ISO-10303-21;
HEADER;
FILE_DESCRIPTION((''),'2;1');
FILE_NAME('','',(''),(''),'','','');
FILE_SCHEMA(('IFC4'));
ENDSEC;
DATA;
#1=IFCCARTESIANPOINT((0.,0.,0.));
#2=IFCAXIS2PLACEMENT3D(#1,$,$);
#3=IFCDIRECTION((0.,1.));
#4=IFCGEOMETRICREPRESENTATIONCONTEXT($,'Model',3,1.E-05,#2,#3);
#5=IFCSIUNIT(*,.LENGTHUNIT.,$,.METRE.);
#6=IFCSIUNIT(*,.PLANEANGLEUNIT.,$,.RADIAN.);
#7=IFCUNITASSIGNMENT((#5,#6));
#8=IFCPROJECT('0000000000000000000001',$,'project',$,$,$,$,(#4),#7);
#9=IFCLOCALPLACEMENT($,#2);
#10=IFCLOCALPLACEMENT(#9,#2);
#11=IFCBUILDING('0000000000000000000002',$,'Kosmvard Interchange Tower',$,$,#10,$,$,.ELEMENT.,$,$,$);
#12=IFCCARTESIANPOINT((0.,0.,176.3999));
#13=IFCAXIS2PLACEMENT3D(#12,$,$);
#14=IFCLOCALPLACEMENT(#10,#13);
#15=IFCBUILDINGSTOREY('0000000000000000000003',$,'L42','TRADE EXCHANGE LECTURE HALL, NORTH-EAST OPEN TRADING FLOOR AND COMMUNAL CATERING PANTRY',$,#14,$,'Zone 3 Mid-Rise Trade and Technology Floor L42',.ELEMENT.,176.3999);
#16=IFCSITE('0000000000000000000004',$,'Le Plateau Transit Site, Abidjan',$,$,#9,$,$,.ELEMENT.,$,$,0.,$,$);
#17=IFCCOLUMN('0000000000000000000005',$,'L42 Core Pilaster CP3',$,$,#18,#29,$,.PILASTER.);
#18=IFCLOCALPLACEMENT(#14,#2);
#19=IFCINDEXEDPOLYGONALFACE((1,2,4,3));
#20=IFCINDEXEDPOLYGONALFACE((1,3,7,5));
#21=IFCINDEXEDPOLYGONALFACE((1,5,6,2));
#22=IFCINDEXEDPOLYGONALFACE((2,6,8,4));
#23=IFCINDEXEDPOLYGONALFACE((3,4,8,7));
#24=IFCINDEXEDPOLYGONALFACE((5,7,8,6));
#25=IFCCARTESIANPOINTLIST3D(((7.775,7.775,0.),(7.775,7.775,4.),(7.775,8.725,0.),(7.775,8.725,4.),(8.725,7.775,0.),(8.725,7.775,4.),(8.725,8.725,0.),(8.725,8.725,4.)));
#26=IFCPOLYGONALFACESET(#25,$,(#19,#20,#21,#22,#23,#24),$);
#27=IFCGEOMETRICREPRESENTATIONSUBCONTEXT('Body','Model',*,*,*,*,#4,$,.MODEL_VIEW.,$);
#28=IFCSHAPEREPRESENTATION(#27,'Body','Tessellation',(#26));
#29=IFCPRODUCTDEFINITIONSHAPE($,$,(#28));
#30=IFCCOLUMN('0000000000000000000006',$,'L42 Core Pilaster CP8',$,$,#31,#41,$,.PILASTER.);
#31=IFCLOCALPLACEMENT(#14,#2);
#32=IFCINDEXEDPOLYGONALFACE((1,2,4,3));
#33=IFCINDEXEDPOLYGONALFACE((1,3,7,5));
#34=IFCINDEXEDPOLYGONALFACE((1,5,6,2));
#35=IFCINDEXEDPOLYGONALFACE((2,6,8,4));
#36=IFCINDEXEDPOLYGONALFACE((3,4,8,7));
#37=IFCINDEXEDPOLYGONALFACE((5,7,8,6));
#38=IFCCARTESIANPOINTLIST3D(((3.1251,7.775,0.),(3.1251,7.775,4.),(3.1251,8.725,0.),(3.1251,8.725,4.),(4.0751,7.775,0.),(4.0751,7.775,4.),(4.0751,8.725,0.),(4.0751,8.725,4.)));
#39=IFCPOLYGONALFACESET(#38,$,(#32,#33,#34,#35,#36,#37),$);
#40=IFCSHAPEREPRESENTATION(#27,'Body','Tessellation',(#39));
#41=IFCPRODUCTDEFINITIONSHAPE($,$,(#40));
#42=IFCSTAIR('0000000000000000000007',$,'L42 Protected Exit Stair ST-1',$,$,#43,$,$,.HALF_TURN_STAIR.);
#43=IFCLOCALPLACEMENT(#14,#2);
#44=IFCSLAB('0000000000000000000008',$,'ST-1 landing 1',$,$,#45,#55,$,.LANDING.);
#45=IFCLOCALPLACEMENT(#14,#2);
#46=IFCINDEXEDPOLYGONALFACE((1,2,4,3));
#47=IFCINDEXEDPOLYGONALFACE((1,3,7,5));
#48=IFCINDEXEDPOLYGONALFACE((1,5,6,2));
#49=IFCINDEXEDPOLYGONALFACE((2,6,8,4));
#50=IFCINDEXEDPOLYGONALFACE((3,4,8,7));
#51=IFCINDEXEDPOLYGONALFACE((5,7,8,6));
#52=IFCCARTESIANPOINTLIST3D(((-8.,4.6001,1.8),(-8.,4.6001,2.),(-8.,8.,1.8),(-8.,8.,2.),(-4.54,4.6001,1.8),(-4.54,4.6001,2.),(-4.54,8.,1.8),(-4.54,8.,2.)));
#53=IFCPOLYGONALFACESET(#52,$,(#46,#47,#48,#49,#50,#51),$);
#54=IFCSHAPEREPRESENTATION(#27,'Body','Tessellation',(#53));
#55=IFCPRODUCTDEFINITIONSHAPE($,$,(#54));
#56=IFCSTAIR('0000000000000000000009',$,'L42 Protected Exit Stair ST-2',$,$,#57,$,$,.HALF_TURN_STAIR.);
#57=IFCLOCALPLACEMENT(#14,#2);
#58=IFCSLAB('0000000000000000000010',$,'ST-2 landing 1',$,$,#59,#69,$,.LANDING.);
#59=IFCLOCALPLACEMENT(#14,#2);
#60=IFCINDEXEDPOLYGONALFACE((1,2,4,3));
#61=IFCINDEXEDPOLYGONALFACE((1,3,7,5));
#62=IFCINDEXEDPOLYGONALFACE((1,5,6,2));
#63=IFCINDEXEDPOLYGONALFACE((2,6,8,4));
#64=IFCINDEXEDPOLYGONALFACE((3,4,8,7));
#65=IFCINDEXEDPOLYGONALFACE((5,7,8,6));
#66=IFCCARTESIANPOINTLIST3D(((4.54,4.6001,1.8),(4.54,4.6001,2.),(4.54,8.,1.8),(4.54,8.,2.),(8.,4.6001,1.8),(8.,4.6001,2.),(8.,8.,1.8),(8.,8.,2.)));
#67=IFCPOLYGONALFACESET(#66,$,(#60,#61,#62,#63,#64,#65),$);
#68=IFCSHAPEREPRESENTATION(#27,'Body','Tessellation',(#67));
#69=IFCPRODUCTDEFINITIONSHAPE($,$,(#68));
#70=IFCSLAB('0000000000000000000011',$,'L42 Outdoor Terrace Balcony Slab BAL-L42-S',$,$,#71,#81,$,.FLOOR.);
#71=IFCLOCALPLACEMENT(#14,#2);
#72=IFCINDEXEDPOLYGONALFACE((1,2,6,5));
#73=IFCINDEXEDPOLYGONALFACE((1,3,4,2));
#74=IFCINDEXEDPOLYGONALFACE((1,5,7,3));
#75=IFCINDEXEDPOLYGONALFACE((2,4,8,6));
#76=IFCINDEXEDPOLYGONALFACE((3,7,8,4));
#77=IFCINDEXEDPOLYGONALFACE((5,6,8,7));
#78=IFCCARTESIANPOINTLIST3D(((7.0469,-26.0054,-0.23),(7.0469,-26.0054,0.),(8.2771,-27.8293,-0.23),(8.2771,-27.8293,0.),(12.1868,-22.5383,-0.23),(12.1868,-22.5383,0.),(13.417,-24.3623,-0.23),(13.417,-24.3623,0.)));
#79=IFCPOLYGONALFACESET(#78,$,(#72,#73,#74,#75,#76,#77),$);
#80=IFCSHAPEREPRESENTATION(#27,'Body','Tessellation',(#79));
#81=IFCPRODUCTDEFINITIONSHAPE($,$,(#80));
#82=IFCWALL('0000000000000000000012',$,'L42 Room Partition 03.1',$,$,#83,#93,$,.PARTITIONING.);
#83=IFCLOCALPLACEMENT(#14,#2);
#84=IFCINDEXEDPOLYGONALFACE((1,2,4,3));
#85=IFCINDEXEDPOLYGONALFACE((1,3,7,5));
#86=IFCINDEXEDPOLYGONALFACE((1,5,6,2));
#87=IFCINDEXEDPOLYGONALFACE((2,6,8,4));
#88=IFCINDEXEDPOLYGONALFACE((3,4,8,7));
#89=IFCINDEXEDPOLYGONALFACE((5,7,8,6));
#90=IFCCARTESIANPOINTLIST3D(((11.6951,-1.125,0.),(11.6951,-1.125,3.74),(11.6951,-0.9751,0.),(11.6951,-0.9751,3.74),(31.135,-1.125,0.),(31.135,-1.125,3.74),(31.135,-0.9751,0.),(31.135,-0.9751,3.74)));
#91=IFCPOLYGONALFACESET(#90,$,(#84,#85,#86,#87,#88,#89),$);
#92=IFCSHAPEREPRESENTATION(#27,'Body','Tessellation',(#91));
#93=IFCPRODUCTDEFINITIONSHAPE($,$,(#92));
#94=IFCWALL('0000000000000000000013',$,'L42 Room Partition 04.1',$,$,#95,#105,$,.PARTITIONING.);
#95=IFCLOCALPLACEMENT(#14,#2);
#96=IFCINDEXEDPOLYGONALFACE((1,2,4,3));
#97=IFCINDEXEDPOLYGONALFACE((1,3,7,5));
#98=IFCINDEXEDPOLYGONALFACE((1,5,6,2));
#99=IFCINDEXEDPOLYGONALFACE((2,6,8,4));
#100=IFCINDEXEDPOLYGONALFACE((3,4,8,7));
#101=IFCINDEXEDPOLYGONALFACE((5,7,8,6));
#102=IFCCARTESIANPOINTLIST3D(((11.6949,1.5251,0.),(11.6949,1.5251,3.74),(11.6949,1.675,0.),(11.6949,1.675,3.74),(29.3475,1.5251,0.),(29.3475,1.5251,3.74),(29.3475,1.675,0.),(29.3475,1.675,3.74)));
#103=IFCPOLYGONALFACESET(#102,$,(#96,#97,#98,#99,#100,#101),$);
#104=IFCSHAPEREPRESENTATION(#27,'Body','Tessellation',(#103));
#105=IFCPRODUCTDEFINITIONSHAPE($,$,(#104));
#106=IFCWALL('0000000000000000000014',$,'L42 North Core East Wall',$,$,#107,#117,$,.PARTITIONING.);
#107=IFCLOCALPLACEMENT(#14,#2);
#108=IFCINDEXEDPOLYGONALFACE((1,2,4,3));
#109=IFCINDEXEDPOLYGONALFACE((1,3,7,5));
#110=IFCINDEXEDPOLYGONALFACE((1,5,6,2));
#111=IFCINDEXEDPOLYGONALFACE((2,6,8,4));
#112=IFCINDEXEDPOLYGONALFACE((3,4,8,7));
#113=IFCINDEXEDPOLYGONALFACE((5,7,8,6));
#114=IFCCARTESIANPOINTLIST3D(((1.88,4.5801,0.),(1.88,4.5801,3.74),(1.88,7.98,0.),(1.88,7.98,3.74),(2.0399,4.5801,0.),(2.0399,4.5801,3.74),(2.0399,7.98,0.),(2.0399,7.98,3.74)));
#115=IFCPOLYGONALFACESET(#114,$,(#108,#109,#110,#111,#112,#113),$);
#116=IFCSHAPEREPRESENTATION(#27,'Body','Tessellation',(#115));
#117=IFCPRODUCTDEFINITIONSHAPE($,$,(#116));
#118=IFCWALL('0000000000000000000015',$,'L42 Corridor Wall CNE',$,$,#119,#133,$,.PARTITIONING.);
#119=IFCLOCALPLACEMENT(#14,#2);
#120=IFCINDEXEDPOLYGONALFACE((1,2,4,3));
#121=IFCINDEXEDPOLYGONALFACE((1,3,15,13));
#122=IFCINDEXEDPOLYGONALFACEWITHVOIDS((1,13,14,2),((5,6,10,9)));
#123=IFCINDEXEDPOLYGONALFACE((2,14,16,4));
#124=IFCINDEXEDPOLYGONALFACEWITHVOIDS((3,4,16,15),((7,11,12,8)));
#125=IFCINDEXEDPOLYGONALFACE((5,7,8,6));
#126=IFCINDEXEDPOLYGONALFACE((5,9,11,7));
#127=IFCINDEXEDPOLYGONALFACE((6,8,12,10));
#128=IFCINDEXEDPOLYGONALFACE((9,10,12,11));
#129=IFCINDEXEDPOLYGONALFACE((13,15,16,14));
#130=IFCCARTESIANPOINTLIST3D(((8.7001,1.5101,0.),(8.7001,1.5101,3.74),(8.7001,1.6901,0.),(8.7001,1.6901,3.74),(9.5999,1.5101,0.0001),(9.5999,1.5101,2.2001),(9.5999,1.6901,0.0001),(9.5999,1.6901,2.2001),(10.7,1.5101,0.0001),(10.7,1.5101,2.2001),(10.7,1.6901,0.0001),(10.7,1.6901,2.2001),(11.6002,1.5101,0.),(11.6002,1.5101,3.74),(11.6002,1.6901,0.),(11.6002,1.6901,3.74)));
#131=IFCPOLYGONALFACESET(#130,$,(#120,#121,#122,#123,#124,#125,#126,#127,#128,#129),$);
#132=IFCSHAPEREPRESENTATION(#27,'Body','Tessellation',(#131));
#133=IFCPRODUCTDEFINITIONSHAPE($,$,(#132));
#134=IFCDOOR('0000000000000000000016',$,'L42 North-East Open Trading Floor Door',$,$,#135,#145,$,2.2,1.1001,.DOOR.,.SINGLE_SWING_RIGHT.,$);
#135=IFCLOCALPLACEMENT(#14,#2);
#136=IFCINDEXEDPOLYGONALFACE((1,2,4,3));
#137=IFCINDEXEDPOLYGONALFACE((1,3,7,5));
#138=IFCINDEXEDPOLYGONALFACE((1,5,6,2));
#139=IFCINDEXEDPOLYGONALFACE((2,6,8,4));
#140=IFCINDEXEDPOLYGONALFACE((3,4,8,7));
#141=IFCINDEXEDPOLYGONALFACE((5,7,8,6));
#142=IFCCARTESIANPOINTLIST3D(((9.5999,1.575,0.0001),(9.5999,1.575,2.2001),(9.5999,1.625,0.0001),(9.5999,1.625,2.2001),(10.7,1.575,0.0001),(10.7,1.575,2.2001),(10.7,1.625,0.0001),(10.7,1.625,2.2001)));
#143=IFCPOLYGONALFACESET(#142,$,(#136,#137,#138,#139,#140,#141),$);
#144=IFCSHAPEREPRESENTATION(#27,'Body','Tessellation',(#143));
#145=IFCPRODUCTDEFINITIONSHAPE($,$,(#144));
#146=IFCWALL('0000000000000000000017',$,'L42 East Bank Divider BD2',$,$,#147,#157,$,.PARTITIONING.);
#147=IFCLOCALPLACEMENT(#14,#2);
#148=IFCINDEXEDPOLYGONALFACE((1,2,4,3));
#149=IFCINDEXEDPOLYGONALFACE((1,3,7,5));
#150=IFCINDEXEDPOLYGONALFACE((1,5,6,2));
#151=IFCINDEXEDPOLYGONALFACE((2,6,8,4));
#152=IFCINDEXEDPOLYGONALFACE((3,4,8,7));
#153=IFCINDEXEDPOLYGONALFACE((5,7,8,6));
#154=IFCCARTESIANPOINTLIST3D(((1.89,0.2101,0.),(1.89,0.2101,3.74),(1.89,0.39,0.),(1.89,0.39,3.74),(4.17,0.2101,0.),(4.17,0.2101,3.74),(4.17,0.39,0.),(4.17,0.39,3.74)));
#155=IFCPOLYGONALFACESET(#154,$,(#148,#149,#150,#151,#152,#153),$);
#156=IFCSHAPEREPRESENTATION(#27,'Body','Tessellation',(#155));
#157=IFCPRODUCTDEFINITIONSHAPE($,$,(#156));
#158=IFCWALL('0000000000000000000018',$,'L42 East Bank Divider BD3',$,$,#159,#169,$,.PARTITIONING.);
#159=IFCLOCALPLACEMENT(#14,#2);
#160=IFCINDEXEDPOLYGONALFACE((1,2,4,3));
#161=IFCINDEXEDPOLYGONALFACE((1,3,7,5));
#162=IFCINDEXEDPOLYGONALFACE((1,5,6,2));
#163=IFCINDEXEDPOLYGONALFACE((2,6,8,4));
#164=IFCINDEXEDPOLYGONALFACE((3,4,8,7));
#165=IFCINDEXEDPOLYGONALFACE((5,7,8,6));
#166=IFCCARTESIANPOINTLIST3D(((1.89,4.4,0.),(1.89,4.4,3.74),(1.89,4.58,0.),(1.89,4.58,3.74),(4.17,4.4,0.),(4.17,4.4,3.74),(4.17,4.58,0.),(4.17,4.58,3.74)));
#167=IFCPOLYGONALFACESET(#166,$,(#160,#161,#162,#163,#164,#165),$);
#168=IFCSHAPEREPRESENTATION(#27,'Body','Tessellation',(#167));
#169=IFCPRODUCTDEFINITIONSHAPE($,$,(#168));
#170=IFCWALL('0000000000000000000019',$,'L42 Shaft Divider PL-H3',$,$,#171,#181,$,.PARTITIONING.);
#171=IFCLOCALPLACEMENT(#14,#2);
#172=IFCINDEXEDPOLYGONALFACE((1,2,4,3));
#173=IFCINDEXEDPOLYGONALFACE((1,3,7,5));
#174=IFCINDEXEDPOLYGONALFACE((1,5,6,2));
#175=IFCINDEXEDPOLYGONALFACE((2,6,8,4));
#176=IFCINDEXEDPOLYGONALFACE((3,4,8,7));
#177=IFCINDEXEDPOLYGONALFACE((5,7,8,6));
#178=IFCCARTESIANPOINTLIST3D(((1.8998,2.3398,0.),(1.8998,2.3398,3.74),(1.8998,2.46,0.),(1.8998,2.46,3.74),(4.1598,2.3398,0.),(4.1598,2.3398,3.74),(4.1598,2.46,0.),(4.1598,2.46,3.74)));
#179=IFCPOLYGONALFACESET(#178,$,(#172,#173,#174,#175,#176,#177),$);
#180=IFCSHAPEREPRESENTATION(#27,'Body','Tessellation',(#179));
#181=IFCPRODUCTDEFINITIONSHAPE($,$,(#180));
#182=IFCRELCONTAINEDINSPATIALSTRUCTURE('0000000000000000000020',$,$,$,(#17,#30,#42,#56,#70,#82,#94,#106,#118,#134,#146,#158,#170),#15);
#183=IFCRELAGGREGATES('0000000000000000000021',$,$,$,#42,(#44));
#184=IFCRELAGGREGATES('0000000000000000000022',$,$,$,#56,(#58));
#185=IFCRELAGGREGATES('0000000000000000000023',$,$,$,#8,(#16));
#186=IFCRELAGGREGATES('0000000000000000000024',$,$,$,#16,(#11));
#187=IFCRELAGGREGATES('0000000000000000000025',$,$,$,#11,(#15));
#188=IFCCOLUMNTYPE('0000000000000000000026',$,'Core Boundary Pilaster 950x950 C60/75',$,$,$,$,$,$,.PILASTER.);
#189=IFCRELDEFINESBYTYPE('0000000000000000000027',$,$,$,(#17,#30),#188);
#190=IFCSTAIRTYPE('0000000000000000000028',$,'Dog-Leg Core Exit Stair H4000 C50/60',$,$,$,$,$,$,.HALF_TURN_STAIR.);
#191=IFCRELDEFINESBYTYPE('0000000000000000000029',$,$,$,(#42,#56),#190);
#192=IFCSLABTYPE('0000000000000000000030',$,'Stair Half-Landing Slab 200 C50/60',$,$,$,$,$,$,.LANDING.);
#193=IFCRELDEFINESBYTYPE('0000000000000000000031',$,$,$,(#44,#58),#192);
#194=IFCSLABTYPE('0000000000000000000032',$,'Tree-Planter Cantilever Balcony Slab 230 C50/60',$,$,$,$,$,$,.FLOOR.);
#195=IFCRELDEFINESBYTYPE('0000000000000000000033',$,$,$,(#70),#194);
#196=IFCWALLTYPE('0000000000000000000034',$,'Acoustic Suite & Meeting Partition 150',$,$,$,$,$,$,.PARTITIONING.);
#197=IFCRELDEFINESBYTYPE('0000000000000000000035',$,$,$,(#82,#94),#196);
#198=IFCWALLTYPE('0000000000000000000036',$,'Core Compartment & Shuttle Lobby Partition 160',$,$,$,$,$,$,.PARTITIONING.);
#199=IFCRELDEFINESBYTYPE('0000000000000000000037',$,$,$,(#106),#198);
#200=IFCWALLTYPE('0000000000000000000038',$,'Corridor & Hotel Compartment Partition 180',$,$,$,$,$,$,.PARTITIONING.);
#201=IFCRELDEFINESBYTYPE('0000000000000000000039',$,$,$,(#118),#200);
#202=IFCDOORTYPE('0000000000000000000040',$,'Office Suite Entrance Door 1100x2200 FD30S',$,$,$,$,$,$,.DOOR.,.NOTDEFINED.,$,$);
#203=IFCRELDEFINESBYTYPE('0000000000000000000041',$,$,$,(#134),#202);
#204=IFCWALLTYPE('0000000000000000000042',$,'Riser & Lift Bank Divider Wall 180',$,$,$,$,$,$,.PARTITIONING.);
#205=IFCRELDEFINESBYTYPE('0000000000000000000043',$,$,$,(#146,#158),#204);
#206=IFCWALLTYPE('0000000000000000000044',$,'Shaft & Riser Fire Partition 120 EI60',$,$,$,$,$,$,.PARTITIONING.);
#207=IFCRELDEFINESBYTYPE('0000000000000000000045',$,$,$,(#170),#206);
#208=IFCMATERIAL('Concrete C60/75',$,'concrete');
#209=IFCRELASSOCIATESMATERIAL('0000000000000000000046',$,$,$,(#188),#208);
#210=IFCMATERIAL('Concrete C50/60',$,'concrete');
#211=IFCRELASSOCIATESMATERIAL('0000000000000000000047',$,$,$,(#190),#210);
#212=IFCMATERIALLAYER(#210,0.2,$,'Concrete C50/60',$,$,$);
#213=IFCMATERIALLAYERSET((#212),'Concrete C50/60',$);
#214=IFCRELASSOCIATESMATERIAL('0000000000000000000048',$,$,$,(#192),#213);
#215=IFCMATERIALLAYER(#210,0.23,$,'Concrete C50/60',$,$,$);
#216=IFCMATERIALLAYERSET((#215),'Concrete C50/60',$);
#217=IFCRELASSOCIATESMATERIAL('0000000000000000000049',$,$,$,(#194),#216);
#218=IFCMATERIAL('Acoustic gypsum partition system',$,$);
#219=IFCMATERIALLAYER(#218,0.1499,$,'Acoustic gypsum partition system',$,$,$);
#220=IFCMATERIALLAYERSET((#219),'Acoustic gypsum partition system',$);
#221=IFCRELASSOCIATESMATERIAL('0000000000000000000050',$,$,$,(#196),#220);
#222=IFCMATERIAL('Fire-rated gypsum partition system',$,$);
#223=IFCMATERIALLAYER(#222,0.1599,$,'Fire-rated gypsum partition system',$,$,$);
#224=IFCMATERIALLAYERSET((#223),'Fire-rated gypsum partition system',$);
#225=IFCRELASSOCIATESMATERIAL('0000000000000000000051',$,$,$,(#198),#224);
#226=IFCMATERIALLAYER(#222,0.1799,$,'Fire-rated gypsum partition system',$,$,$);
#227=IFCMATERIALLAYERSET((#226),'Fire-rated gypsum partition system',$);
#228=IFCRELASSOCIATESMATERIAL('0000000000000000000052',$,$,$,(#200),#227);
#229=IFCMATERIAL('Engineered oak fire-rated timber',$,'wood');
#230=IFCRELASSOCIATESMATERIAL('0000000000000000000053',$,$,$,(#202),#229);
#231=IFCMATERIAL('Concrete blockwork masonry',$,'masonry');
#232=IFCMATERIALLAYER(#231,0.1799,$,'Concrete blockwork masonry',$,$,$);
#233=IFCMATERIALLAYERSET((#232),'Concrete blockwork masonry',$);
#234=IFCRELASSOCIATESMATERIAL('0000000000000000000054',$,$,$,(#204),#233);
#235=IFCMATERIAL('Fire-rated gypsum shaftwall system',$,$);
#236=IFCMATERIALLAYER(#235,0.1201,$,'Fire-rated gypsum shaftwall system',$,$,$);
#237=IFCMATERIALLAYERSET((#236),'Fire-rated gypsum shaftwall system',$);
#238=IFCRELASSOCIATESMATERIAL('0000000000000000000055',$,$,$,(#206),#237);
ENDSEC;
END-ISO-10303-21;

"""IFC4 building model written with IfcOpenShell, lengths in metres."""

from ifc_helpers import new_model, si_unit, direction, frame, frame_2d, origin, origin_2d, place, context, subcontext, project, spatial, polyline, rectangle, outline, extrude, source, transform, mapped, material, layer, layer_set, material_profile, profile_set, type_object, element, fill, aggregate, save


model = new_model("IFC4")

# Units and contexts
model_context = context("Model", 3, precision=1e-05, world=origin(), true_north=direction((0.0, 1.0)))
body_context = subcontext(model_context, "Body", "Model", "MODEL_VIEW")
ifc_project = project(units=[si_unit("LENGTHUNIT", "METRE"), si_unit("PLANEANGLEUNIT", "RADIAN")], contexts=[model_context])

# Site, building, storey
site_placement = place(None, origin())
site = spatial("IfcSite", under=ifc_project, at=site_placement, Name="Le Plateau Transit Site, Abidjan", CompositionType="ELEMENT", RefElevation=0.0)
building_placement = place(site_placement, origin())
building = spatial("IfcBuilding", under=site, at=building_placement, Name="Kosmvard Interchange Tower", CompositionType="ELEMENT")
storey_placement = place(building_placement, frame((0.0, 0.0, 176.3999)))
storey = spatial("IfcBuildingStorey", under=building, at=storey_placement, Name="L42", Description="TRADE EXCHANGE LECTURE HALL, NORTH-EAST OPEN TRADING FLOOR AND COMMUNAL CATERING PANTRY", LongName="Zone 3 Mid-Rise Trade and Technology Floor L42", CompositionType="ELEMENT", Elevation=176.3999)

# Columns
ifc_material_1 = material(Name="Concrete C60/75", Category="concrete")
ifc_material_profile = material_profile(ifc_material_1, rectangle(XDim=0.95, YDim=0.95, at=origin_2d()), Name="CP 950x950")
ifc_profile_set = profile_set([ifc_material_profile], Name="Concrete C60/75")
column_type = type_object("IfcColumnType", Name="Core Boundary Pilaster 950x950 C60/75", PredefinedType="PILASTER", material=ifc_profile_set)
shared_shape_1 = source(origin(), body_context, "Body", "SweptSolid", [
    extrude(rectangle(XDim=0.95, YDim=0.95, at=origin_2d()), origin(), (0.0, 0.0, 1.0), 4.0),
])
for number, where, z_axis, x_axis, name in (
    (1, (8.25, 8.25, 0.0), (0.0, 0.0, 1.0), (1.0, 0.0, 0.0), "L42 Core Pilaster CP3"),
    (2, (3.6001, 8.25, 0.0), (0.0, 0.0, 1.0), (1.0, 0.0, 0.0), "L42 Core Pilaster CP8"),
):
    element("IfcColumn", number, at=place(storey_placement, frame(where, z_axis=z_axis, x_axis=x_axis)), inside=storey, type_object=column_type, Name=name, PredefinedType="PILASTER", context=body_context, shape_type="MappedRepresentation", body=[
        mapped(shared_shape_1, transform((0.0, 0.0, 0.0), scale=1.0)),
    ])

# Stairs, slabs
ifc_material_2 = material(Name="Concrete C50/60", Category="concrete")
stair_type = type_object("IfcStairType", Name="Dog-Leg Core Exit Stair H4000 C50/60", PredefinedType="HALF_TURN_STAIR", material=ifc_material_2)
stair_1_placement = place(storey_placement, origin())
stair_1 = element("IfcStair", 3, at=stair_1_placement, inside=storey, type_object=stair_type, Name="L42 Protected Exit Stair ST-1", PredefinedType="HALF_TURN_STAIR")
ifc_layer_1 = layer(ifc_material_2, 0.2, Name="Concrete C50/60")
ifc_layer_set_1 = layer_set([ifc_layer_1], Name="Concrete C50/60")
slab_type_1 = type_object("IfcSlabType", Name="Stair Half-Landing Slab 200 C50/60", PredefinedType="LANDING", material=ifc_layer_set_1)
slab_1_placement = place(storey_placement, frame((0.0, 0.0, 1.8)))
slab_1 = element("IfcSlab", 4, at=slab_1_placement, type_object=slab_type_1, Name="ST-1 landing 1", PredefinedType="LANDING", context=body_context, shape_type="SweptSolid", body=[
    extrude(outline(polyline([(-4.54, 4.6001), (-4.54, 8.0), (-8.0, 8.0), (-8.0, 4.6001), (-4.54, 4.6001)])), origin(), (0.0, 0.0, 1.0), 0.2),
])
aggregate(stair_1, [slab_1])
stair_2_placement = place(storey_placement, origin())
stair_2 = element("IfcStair", 5, at=stair_2_placement, inside=storey, type_object=stair_type, Name="L42 Protected Exit Stair ST-2", PredefinedType="HALF_TURN_STAIR")
slab_2_placement = place(storey_placement, frame((0.0, 0.0, 1.8)))
slab_2 = element("IfcSlab", 6, at=slab_2_placement, type_object=slab_type_1, Name="ST-2 landing 1", PredefinedType="LANDING", context=body_context, shape_type="SweptSolid", body=[
    extrude(outline(polyline([(8.0, 4.6001), (8.0, 8.0), (4.54, 8.0), (4.54, 4.6001), (8.0, 4.6001)])), origin(), (0.0, 0.0, 1.0), 0.2),
])

# Slab
ifc_layer_2 = layer(ifc_material_2, 0.23, Name="Concrete C50/60")
ifc_layer_set_2 = layer_set([ifc_layer_2], Name="Concrete C50/60")
slab_type_2 = type_object("IfcSlabType", Name="Tree-Planter Cantilever Balcony Slab 230 C50/60", PredefinedType="FLOOR", material=ifc_layer_set_2)
slab_3_placement = place(storey_placement, frame((0.0, 0.0, -0.23)))
element("IfcSlab", 7, at=slab_3_placement, inside=storey, type_object=slab_type_2, Name="L42 Outdoor Terrace Balcony Slab BAL-L42-S", PredefinedType="FLOOR", context=body_context, shape_type="SweptSolid", body=[
    extrude(outline(polyline([(8.2771, -27.8293), (13.417, -24.3623), (12.1868, -22.5383), (7.0469, -26.0054), (8.2771, -27.8293)])), origin(), (0.0, 0.0, 1.0), 0.23),
])

# Walls
ifc_material_3 = material(Name="Acoustic gypsum partition system")
ifc_layer_3 = layer(ifc_material_3, 0.1499, Name="Acoustic gypsum partition system")
ifc_layer_set_3 = layer_set([ifc_layer_3], Name="Acoustic gypsum partition system")
wall_type_1 = type_object("IfcWallType", Name="Acoustic Suite & Meeting Partition 150", PredefinedType="PARTITIONING", material=ifc_layer_set_3)
wall_1_placement = place(storey_placement, frame((11.6951, -1.05, 0.0), z_axis=(0.0, 0.0, 1.0), x_axis=(1.0, 0.0, 0.0)))
element("IfcWall", 8, at=wall_1_placement, inside=storey, type_object=wall_type_1, Name="L42 Room Partition 03.1", PredefinedType="PARTITIONING", context=body_context, shape_type="SweptSolid", body=[
    extrude(rectangle(XDim=19.4399, YDim=0.1499, at=frame_2d((9.72, 0.0))), origin(), (0.0, 0.0, 1.0), 3.74),
])
wall_2_placement = place(storey_placement, frame((11.6951, 1.6001, 0.0), z_axis=(0.0, 0.0, 1.0), x_axis=(1.0, 0.0, 0.0)))
element("IfcWall", 9, at=wall_2_placement, inside=storey, type_object=wall_type_1, Name="L42 Room Partition 04.1", PredefinedType="PARTITIONING", context=body_context, shape_type="SweptSolid", body=[
    extrude(rectangle(XDim=17.6526, YDim=0.1499, at=frame_2d((8.8262, 0.0))), origin(), (0.0, 0.0, 1.0), 3.74),
])
ifc_material_4 = material(Name="Fire-rated gypsum partition system")
ifc_layer_4 = layer(ifc_material_4, 0.1599, Name="Fire-rated gypsum partition system")
ifc_layer_set_4 = layer_set([ifc_layer_4], Name="Fire-rated gypsum partition system")
wall_type_2 = type_object("IfcWallType", Name="Core Compartment & Shuttle Lobby Partition 160", PredefinedType="PARTITIONING", material=ifc_layer_set_4)
wall_3_placement = place(storey_placement, frame((1.96, 4.5801, 0.0), z_axis=(0.0, 0.0, 1.0), x_axis=(0.0, 1.0, 0.0)))
element("IfcWall", 10, at=wall_3_placement, inside=storey, type_object=wall_type_2, Name="L42 North Core East Wall", PredefinedType="PARTITIONING", context=body_context, shape_type="SweptSolid", body=[
    extrude(rectangle(XDim=3.3999, YDim=0.1599, at=frame_2d((1.7, 0.0))), origin(), (0.0, 0.0, 1.0), 3.74),
])

# Wall, opening, door
ifc_layer_5 = layer(ifc_material_4, 0.1799, Name="Fire-rated gypsum partition system")
ifc_layer_set_5 = layer_set([ifc_layer_5], Name="Fire-rated gypsum partition system")
wall_type_3 = type_object("IfcWallType", Name="Corridor & Hotel Compartment Partition 180", PredefinedType="PARTITIONING", material=ifc_layer_set_5)
wall_4_placement = place(storey_placement, frame((8.7, 1.6001, 0.0), z_axis=(0.0, 0.0, 1.0), x_axis=(1.0, 0.0, 0.0)))
wall_4 = element("IfcWall", 11, at=wall_4_placement, inside=storey, type_object=wall_type_3, Name="L42 Corridor Wall CNE", PredefinedType="PARTITIONING", context=body_context, shape_type="SweptSolid", body=[
    extrude(rectangle(XDim=2.9001, YDim=0.1799, at=frame_2d((1.4502, 0.0))), origin(), (0.0, 0.0, 1.0), 3.74),
])
opening_1_placement = place(wall_4_placement, frame((0.8999, 0.0, 0.0)))
opening_1 = element("IfcOpeningElement", 12, at=opening_1_placement, cuts=wall_4, PredefinedType="OPENING", context=body_context, shape_type="SweptSolid", body=[
    extrude(rectangle(XDim=1.1001, YDim=2.2, at=frame_2d((0.55, 1.1001))), frame((0.0, 0.1001, 0.0), z_axis=(0.0, -1.0, 0.0), x_axis=(1.0, 0.0, 0.0)), (0.0, 0.0, 1.0), 0.2),
])
ifc_material_5 = material(Name="Engineered oak fire-rated timber", Category="wood")
door_type_1 = type_object("IfcDoorType", Name="Office Suite Entrance Door 1100x2200 FD30S", OperationType="NOTDEFINED", PredefinedType="DOOR", material=ifc_material_5)
shared_shape_2 = source(origin(), body_context, "Body", "SweptSolid", [
    extrude(rectangle(XDim=1.1001, YDim=2.2, at=frame_2d((0.55, 1.1001))), frame((0.0, 0.0249, 0.0), z_axis=(0.0, -1.0, 0.0), x_axis=(1.0, 0.0, 0.0)), (0.0, 0.0, 1.0), 0.05),
])
door_1_placement = place(opening_1_placement, origin())
door_1 = element("IfcDoor", 13, at=door_1_placement, inside=storey, type_object=door_type_1, Name="L42 North-East Open Trading Floor Door", OperationType="SINGLE_SWING_RIGHT", OverallHeight=2.2, OverallWidth=1.1001, PredefinedType="DOOR", context=body_context, shape_type="MappedRepresentation", body=[
    mapped(shared_shape_2, transform((0.0, 0.0, 0.0), scale=1.0)),
])
fill(opening_1, door_1)

# Walls
ifc_material_6 = material(Name="Concrete blockwork masonry", Category="masonry")
ifc_layer_6 = layer(ifc_material_6, 0.1799, Name="Concrete blockwork masonry")
ifc_layer_set_6 = layer_set([ifc_layer_6], Name="Concrete blockwork masonry")
wall_type_4 = type_object("IfcWallType", Name="Riser & Lift Bank Divider Wall 180", PredefinedType="PARTITIONING", material=ifc_layer_set_6)
for number, where, z_axis, x_axis, name in (
    (14, (1.8899, 0.3, 0.0), (0.0, 0.0, 1.0), (1.0, 0.0, 0.0), "L42 East Bank Divider BD2"),
    (15, (1.8899, 4.49, 0.0), (0.0, 0.0, 1.0), (1.0, 0.0, 0.0), "L42 East Bank Divider BD3"),
):
    element("IfcWall", number, at=place(storey_placement, frame(where, z_axis=z_axis, x_axis=x_axis)), inside=storey, type_object=wall_type_4, Name=name, PredefinedType="PARTITIONING", context=body_context, shape_type="SweptSolid", body=[
        extrude(rectangle(XDim=2.28, YDim=0.1799, at=frame_2d((1.1401, 0.0))), origin(), (0.0, 0.0, 1.0), 3.74),
    ])
ifc_material_7 = material(Name="Fire-rated gypsum shaftwall system")
ifc_layer_7 = layer(ifc_material_7, 0.1201, Name="Fire-rated gypsum shaftwall system")
ifc_layer_set_7 = layer_set([ifc_layer_7], Name="Fire-rated gypsum shaftwall system")
wall_type_5 = type_object("IfcWallType", Name="Shaft & Riser Fire Partition 120 EI60", PredefinedType="PARTITIONING", material=ifc_layer_set_7)
wall_5_placement = place(storey_placement, frame((1.8999, 2.3999, 0.0), z_axis=(0.0, 0.0, 1.0), x_axis=(1.0, 0.0, 0.0)))
element("IfcWall", 16, at=wall_5_placement, inside=storey, type_object=wall_type_5, Name="L42 Shaft Divider PL-H3", PredefinedType="PARTITIONING", context=body_context, shape_type="SweptSolid", body=[
    extrude(rectangle(XDim=2.26, YDim=0.1201, at=frame_2d((1.1299, 0.0))), origin(), (0.0, 0.0, 1.0), 3.74),
])

aggregate(stair_2, [slab_2])

save(model, "model.ifc")
